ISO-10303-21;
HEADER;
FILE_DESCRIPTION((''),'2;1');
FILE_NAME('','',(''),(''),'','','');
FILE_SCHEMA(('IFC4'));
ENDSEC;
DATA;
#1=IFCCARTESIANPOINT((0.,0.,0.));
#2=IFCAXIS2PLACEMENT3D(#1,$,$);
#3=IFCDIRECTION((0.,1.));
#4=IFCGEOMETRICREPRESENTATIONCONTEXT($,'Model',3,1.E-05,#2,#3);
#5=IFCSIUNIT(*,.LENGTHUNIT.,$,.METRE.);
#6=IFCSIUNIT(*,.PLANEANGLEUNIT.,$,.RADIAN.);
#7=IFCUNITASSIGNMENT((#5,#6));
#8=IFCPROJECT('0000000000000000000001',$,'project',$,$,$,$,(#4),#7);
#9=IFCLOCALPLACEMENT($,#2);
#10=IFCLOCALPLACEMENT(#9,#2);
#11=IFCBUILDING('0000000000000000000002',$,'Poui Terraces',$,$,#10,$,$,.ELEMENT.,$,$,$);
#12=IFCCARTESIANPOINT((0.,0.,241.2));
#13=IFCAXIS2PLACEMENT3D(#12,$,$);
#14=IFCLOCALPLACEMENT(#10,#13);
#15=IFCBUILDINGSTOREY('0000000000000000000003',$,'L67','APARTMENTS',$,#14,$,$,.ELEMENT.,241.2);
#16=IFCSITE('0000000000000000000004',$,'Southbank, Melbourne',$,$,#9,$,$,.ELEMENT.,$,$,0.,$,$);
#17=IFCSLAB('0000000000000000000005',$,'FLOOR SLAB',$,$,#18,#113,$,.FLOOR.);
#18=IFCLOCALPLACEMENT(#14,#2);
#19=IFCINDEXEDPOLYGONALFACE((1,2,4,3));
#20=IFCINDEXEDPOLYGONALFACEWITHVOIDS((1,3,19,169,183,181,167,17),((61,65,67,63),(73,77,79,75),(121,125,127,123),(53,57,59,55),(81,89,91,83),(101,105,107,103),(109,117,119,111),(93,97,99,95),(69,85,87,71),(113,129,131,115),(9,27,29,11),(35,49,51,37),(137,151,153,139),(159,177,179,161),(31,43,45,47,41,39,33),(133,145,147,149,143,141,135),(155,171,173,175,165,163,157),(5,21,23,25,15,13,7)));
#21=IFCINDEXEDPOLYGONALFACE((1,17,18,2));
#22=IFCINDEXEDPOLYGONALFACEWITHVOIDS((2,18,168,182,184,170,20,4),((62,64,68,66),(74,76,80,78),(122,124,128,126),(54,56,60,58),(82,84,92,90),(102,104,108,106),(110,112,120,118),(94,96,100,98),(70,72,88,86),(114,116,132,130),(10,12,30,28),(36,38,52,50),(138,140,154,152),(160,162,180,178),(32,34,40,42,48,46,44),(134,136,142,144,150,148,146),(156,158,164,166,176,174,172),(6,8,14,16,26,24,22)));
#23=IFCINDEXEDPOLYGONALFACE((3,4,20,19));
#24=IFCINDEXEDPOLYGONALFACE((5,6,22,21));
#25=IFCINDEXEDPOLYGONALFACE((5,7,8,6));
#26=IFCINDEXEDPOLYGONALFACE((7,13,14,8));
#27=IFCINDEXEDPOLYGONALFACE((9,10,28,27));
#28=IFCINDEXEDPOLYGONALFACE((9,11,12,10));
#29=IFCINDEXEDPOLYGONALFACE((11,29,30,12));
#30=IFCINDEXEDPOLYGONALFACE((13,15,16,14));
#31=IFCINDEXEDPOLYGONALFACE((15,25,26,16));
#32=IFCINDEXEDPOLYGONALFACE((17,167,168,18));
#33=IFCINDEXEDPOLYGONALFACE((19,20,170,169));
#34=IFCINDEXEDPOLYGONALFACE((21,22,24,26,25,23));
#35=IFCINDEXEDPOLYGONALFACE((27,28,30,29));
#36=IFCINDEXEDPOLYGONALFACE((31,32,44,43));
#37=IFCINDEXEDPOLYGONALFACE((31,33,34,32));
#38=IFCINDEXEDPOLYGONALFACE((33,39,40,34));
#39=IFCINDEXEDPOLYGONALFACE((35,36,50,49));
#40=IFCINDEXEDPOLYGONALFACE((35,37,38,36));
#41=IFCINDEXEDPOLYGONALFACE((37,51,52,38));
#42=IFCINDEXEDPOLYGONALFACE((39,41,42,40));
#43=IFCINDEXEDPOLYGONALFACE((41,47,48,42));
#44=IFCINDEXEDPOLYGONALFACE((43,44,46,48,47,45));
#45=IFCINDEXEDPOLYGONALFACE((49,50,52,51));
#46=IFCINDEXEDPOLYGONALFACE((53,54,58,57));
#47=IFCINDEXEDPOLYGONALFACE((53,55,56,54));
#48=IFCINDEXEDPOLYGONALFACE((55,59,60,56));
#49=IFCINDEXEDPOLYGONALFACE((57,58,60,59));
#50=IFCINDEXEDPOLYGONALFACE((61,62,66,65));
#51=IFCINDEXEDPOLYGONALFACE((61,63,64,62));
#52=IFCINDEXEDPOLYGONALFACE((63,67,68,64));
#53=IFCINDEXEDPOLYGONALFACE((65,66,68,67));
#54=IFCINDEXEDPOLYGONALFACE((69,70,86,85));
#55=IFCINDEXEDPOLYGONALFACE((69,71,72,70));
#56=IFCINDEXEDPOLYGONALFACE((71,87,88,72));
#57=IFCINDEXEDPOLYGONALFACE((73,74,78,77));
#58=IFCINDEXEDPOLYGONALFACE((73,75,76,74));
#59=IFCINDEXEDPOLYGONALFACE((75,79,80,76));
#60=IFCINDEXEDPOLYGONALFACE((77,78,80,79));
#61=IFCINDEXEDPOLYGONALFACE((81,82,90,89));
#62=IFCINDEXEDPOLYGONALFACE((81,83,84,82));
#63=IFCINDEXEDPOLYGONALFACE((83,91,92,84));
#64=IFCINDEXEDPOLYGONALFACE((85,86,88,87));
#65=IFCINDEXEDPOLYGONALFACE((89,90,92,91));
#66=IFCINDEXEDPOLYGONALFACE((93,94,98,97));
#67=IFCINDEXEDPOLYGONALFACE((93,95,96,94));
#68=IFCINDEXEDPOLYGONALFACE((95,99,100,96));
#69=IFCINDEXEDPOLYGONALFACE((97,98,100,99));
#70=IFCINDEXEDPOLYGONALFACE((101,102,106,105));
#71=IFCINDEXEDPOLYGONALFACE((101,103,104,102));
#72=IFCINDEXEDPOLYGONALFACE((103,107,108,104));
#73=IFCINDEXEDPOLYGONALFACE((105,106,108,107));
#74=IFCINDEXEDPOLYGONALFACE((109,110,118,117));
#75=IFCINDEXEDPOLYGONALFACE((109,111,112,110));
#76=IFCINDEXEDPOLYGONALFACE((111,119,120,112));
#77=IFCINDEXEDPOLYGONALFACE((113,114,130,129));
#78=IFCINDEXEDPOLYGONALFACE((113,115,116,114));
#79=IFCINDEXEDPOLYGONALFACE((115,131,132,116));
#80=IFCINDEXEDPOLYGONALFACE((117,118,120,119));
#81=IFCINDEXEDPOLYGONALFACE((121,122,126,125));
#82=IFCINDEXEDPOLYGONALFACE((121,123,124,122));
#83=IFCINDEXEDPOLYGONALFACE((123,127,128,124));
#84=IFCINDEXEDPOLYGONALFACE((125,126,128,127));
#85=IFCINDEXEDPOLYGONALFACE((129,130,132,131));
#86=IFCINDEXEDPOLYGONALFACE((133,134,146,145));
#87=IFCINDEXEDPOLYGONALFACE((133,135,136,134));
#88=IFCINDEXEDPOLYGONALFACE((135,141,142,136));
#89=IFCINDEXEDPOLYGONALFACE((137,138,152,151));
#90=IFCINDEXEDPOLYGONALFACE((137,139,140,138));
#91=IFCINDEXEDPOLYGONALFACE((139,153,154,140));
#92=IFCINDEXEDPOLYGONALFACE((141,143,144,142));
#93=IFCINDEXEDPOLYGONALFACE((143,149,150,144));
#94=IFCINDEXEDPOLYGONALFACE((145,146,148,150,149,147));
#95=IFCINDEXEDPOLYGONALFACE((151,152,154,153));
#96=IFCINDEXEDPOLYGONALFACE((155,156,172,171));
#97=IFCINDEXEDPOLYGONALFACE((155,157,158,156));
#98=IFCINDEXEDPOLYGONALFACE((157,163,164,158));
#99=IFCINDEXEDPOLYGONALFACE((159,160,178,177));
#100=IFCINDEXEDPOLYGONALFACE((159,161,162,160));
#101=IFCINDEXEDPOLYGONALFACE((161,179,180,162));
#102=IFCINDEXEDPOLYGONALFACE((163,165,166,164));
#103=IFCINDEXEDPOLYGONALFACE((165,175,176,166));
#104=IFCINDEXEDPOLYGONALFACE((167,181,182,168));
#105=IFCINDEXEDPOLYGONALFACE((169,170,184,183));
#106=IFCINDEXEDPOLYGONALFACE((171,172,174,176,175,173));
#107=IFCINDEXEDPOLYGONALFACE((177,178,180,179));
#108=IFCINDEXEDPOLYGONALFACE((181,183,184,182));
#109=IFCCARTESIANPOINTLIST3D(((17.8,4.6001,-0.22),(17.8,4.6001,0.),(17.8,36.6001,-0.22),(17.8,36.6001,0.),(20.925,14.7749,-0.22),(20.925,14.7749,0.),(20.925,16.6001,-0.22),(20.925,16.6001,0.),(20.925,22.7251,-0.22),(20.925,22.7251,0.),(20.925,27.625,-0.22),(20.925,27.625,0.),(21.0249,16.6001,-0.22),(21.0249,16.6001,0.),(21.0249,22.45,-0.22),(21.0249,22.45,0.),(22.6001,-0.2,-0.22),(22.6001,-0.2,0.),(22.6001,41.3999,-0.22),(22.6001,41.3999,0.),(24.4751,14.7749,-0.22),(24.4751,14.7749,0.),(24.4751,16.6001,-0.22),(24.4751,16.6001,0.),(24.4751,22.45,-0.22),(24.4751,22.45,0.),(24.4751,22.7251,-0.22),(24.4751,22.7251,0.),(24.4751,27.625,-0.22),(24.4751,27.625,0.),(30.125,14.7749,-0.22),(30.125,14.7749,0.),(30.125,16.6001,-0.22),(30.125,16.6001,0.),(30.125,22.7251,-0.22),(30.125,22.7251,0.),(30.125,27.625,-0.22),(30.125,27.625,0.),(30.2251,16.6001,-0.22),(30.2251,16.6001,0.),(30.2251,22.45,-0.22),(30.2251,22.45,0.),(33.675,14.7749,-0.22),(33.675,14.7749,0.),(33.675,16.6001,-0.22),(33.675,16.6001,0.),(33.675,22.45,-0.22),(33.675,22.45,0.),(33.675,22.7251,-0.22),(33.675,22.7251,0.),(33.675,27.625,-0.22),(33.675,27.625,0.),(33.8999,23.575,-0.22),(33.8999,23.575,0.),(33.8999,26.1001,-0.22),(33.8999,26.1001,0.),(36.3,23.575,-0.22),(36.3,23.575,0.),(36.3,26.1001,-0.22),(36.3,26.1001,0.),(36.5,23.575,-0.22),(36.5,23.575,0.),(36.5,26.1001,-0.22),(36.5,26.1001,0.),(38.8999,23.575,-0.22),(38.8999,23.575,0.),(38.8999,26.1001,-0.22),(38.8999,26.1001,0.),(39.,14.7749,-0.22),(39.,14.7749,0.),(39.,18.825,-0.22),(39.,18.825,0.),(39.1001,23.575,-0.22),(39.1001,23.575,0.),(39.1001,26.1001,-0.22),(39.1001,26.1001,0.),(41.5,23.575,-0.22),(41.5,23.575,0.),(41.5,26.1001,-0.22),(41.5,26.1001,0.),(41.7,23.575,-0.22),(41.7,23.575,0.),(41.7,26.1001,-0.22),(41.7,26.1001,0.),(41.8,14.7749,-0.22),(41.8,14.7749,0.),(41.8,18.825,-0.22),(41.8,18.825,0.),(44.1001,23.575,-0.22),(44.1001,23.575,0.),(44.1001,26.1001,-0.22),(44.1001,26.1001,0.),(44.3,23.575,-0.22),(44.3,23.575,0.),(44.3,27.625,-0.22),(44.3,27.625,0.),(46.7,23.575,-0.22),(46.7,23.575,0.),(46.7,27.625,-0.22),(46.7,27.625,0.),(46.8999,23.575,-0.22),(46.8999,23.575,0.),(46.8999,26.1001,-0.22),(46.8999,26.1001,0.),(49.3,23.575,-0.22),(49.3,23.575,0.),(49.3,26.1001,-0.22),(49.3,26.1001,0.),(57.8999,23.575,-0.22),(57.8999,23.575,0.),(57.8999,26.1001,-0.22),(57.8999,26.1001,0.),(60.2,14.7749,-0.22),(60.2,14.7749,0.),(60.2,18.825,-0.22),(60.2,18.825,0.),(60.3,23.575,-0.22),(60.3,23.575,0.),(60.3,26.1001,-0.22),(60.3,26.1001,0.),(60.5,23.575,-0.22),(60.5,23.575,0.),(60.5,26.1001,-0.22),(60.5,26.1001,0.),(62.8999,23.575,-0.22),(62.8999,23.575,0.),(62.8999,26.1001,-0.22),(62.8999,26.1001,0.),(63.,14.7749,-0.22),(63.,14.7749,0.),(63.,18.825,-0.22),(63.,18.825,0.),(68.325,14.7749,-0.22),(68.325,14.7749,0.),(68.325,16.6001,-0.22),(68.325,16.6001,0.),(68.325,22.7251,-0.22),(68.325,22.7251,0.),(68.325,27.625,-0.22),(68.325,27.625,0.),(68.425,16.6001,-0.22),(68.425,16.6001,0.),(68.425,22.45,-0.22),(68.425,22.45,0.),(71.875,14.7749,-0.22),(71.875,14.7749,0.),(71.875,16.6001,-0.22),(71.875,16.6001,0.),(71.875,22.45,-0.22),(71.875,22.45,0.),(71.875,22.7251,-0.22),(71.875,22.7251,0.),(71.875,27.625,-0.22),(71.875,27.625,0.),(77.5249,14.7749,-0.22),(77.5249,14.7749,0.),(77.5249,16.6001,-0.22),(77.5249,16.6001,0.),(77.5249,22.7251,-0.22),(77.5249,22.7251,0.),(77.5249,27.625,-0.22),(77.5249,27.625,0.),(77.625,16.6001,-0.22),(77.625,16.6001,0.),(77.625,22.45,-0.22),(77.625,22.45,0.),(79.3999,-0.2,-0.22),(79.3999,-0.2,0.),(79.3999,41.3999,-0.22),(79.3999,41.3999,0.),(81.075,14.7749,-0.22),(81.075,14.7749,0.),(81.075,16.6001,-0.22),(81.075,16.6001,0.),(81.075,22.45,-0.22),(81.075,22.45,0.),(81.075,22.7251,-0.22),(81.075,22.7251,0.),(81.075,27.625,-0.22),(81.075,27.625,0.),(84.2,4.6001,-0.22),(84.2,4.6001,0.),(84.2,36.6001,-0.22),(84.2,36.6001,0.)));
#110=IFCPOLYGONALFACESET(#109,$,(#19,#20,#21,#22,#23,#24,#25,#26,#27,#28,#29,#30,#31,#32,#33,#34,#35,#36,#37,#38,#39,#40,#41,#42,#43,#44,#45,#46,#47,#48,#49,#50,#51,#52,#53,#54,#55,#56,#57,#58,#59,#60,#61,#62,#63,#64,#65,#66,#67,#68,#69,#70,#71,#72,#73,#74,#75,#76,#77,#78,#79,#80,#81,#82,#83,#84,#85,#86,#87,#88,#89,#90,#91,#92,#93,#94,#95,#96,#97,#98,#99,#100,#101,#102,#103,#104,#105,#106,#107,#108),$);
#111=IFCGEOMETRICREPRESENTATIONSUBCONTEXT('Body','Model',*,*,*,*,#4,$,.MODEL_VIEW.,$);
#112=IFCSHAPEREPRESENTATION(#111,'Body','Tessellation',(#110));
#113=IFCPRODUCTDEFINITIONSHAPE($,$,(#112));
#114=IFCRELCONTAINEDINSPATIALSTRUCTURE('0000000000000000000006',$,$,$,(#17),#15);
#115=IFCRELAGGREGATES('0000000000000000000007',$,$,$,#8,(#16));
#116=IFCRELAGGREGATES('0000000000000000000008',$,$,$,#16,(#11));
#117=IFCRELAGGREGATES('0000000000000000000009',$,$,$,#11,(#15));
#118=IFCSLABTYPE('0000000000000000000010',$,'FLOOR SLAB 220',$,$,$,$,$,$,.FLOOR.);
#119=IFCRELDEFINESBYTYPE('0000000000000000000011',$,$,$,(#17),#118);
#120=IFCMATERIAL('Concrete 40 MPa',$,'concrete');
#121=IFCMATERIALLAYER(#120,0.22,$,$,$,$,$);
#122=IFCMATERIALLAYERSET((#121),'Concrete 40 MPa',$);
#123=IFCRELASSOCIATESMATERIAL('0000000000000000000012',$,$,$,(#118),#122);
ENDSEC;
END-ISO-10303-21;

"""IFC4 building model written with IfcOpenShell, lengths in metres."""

from ifc_helpers import new_model, si_unit, direction, frame, origin, place, context, subcontext, project, spatial, polyline, outline, extrude, source, transform, mapped, material, layer, layer_set, type_object, element, save


model = new_model("IFC4")

# Units and contexts
model_context = context("Model", 3, precision=1e-05, world=origin(), true_north=direction((0.0, 1.0)))
body_context = subcontext(model_context, "Body", "Model", "MODEL_VIEW")
ifc_project = project(units=[si_unit("LENGTHUNIT", "METRE"), si_unit("PLANEANGLEUNIT", "RADIAN")], contexts=[model_context])

# Site, building, storey
site_placement = place(None, origin())
site = spatial("IfcSite", under=ifc_project, at=site_placement, Name="Southbank, Melbourne", CompositionType="ELEMENT", RefElevation=0.0)
building_placement = place(site_placement, origin())
building = spatial("IfcBuilding", under=site, at=building_placement, Name="Poui Terraces", CompositionType="ELEMENT")
storey_placement = place(building_placement, frame((0.0, 0.0, 241.2)))
storey = spatial("IfcBuildingStorey", under=building, at=storey_placement, Name="L67", Description="APARTMENTS", CompositionType="ELEMENT", Elevation=241.2)

# Slab
ifc_material = material(Name="Concrete 40 MPa", Category="concrete")
ifc_layer = layer(ifc_material, 0.22)
ifc_layer_set = layer_set([ifc_layer], Name="Concrete 40 MPa")
slab_type = type_object("IfcSlabType", Name="FLOOR SLAB 220", PredefinedType="FLOOR", material=ifc_layer_set)
shared_shape = source(origin(), body_context, "Body", "SweptSolid", [
    extrude(outline(polyline([(0.0, 0.0), (4.8, -4.8), (61.5999, -4.8), (66.3999, 0.0), (66.3999, 32.0), (61.5999, 36.7998), (4.8, 36.7998), (0.0, 32.0), (0.0, 0.0)]), holes=[polyline([(21.2, 10.1748), (21.2, 14.2249), (24.0, 14.2249), (24.0, 10.1748), (21.2, 10.1748)]), polyline([(3.2249, 17.8499), (6.675, 17.8499), (6.675, 12.0), (6.675, 10.1748), (3.125, 10.1748), (3.125, 12.0), (3.2249, 12.0), (3.2249, 17.8499)]), polyline([(12.425, 17.8499), (15.875, 17.8499), (15.875, 12.0), (15.875, 10.1748), (12.325, 10.1748), (12.325, 12.0), (12.425, 12.0), (12.425, 17.8499)]), polyline([(16.0999, 18.9749), (16.0999, 21.5), (18.5, 21.5), (18.5, 18.9749), (16.0999, 18.9749)]), polyline([(18.7, 18.9749), (18.7, 21.5), (21.0999, 21.5), (21.0999, 18.9749), (18.7, 18.9749)]), polyline([(21.3, 18.9749), (21.3, 21.5), (23.7, 21.5), (23.7, 18.9749), (21.3, 18.9749)]), polyline([(23.8999, 18.9749), (23.8999, 21.5), (26.3, 21.5), (26.3, 18.9749), (23.8999, 18.9749)]), polyline([(3.125, 23.0249), (6.675, 23.0249), (6.675, 18.125), (3.125, 18.125), (3.125, 23.0249)]), polyline([(12.325, 23.0249), (15.875, 23.0249), (15.875, 18.125), (12.325, 18.125), (12.325, 23.0249)]), polyline([(42.3999, 10.1748), (42.3999, 14.2249), (45.2, 14.2249), (45.2, 10.1748), (42.3999, 10.1748)]), polyline([(50.625, 17.8499), (54.075, 17.8499), (54.075, 12.0), (54.075, 10.1748), (50.5249, 10.1748), (50.5249, 12.0), (50.625, 12.0), (50.625, 17.8499)]), polyline([(59.825, 17.8499), (63.2749, 17.8499), (63.2749, 12.0), (63.2749, 10.1748), (59.7249, 10.1748), (59.7249, 12.0), (59.825, 12.0), (59.825, 17.8499)]), polyline([(29.0999, 18.9749), (29.0999, 21.5), (31.5, 21.5), (31.5, 18.9749), (29.0999, 18.9749)]), polyline([(40.0999, 18.9749), (40.0999, 21.5), (42.5, 21.5), (42.5, 18.9749), (40.0999, 18.9749)]), polyline([(42.7, 18.9749), (42.7, 21.5), (45.0999, 21.5), (45.0999, 18.9749), (42.7, 18.9749)]), polyline([(50.5249, 18.125), (50.5249, 23.0249), (54.075, 23.0249), (54.075, 18.125), (50.5249, 18.125)]), polyline([(59.7249, 23.0249), (63.2749, 23.0249), (63.2749, 18.125), (59.7249, 18.125), (59.7249, 23.0249)]), polyline([(26.5, 23.0249), (28.8999, 23.0249), (28.8999, 18.9749), (26.5, 18.9749), (26.5, 23.0249)])]), origin(), (0.0, 0.0, 1.0), 0.22),
])
slab_placement = place(storey_placement, frame((17.8, 4.6001, -0.22)))
element("IfcSlab", 1, at=slab_placement, inside=storey, type_object=slab_type, Name="FLOOR SLAB", PredefinedType="FLOOR", context=body_context, shape_type="MappedRepresentation", body=[
    mapped(shared_shape, transform((0.0, 0.0, 0.0))),
])

save(model, "model.ifc")
